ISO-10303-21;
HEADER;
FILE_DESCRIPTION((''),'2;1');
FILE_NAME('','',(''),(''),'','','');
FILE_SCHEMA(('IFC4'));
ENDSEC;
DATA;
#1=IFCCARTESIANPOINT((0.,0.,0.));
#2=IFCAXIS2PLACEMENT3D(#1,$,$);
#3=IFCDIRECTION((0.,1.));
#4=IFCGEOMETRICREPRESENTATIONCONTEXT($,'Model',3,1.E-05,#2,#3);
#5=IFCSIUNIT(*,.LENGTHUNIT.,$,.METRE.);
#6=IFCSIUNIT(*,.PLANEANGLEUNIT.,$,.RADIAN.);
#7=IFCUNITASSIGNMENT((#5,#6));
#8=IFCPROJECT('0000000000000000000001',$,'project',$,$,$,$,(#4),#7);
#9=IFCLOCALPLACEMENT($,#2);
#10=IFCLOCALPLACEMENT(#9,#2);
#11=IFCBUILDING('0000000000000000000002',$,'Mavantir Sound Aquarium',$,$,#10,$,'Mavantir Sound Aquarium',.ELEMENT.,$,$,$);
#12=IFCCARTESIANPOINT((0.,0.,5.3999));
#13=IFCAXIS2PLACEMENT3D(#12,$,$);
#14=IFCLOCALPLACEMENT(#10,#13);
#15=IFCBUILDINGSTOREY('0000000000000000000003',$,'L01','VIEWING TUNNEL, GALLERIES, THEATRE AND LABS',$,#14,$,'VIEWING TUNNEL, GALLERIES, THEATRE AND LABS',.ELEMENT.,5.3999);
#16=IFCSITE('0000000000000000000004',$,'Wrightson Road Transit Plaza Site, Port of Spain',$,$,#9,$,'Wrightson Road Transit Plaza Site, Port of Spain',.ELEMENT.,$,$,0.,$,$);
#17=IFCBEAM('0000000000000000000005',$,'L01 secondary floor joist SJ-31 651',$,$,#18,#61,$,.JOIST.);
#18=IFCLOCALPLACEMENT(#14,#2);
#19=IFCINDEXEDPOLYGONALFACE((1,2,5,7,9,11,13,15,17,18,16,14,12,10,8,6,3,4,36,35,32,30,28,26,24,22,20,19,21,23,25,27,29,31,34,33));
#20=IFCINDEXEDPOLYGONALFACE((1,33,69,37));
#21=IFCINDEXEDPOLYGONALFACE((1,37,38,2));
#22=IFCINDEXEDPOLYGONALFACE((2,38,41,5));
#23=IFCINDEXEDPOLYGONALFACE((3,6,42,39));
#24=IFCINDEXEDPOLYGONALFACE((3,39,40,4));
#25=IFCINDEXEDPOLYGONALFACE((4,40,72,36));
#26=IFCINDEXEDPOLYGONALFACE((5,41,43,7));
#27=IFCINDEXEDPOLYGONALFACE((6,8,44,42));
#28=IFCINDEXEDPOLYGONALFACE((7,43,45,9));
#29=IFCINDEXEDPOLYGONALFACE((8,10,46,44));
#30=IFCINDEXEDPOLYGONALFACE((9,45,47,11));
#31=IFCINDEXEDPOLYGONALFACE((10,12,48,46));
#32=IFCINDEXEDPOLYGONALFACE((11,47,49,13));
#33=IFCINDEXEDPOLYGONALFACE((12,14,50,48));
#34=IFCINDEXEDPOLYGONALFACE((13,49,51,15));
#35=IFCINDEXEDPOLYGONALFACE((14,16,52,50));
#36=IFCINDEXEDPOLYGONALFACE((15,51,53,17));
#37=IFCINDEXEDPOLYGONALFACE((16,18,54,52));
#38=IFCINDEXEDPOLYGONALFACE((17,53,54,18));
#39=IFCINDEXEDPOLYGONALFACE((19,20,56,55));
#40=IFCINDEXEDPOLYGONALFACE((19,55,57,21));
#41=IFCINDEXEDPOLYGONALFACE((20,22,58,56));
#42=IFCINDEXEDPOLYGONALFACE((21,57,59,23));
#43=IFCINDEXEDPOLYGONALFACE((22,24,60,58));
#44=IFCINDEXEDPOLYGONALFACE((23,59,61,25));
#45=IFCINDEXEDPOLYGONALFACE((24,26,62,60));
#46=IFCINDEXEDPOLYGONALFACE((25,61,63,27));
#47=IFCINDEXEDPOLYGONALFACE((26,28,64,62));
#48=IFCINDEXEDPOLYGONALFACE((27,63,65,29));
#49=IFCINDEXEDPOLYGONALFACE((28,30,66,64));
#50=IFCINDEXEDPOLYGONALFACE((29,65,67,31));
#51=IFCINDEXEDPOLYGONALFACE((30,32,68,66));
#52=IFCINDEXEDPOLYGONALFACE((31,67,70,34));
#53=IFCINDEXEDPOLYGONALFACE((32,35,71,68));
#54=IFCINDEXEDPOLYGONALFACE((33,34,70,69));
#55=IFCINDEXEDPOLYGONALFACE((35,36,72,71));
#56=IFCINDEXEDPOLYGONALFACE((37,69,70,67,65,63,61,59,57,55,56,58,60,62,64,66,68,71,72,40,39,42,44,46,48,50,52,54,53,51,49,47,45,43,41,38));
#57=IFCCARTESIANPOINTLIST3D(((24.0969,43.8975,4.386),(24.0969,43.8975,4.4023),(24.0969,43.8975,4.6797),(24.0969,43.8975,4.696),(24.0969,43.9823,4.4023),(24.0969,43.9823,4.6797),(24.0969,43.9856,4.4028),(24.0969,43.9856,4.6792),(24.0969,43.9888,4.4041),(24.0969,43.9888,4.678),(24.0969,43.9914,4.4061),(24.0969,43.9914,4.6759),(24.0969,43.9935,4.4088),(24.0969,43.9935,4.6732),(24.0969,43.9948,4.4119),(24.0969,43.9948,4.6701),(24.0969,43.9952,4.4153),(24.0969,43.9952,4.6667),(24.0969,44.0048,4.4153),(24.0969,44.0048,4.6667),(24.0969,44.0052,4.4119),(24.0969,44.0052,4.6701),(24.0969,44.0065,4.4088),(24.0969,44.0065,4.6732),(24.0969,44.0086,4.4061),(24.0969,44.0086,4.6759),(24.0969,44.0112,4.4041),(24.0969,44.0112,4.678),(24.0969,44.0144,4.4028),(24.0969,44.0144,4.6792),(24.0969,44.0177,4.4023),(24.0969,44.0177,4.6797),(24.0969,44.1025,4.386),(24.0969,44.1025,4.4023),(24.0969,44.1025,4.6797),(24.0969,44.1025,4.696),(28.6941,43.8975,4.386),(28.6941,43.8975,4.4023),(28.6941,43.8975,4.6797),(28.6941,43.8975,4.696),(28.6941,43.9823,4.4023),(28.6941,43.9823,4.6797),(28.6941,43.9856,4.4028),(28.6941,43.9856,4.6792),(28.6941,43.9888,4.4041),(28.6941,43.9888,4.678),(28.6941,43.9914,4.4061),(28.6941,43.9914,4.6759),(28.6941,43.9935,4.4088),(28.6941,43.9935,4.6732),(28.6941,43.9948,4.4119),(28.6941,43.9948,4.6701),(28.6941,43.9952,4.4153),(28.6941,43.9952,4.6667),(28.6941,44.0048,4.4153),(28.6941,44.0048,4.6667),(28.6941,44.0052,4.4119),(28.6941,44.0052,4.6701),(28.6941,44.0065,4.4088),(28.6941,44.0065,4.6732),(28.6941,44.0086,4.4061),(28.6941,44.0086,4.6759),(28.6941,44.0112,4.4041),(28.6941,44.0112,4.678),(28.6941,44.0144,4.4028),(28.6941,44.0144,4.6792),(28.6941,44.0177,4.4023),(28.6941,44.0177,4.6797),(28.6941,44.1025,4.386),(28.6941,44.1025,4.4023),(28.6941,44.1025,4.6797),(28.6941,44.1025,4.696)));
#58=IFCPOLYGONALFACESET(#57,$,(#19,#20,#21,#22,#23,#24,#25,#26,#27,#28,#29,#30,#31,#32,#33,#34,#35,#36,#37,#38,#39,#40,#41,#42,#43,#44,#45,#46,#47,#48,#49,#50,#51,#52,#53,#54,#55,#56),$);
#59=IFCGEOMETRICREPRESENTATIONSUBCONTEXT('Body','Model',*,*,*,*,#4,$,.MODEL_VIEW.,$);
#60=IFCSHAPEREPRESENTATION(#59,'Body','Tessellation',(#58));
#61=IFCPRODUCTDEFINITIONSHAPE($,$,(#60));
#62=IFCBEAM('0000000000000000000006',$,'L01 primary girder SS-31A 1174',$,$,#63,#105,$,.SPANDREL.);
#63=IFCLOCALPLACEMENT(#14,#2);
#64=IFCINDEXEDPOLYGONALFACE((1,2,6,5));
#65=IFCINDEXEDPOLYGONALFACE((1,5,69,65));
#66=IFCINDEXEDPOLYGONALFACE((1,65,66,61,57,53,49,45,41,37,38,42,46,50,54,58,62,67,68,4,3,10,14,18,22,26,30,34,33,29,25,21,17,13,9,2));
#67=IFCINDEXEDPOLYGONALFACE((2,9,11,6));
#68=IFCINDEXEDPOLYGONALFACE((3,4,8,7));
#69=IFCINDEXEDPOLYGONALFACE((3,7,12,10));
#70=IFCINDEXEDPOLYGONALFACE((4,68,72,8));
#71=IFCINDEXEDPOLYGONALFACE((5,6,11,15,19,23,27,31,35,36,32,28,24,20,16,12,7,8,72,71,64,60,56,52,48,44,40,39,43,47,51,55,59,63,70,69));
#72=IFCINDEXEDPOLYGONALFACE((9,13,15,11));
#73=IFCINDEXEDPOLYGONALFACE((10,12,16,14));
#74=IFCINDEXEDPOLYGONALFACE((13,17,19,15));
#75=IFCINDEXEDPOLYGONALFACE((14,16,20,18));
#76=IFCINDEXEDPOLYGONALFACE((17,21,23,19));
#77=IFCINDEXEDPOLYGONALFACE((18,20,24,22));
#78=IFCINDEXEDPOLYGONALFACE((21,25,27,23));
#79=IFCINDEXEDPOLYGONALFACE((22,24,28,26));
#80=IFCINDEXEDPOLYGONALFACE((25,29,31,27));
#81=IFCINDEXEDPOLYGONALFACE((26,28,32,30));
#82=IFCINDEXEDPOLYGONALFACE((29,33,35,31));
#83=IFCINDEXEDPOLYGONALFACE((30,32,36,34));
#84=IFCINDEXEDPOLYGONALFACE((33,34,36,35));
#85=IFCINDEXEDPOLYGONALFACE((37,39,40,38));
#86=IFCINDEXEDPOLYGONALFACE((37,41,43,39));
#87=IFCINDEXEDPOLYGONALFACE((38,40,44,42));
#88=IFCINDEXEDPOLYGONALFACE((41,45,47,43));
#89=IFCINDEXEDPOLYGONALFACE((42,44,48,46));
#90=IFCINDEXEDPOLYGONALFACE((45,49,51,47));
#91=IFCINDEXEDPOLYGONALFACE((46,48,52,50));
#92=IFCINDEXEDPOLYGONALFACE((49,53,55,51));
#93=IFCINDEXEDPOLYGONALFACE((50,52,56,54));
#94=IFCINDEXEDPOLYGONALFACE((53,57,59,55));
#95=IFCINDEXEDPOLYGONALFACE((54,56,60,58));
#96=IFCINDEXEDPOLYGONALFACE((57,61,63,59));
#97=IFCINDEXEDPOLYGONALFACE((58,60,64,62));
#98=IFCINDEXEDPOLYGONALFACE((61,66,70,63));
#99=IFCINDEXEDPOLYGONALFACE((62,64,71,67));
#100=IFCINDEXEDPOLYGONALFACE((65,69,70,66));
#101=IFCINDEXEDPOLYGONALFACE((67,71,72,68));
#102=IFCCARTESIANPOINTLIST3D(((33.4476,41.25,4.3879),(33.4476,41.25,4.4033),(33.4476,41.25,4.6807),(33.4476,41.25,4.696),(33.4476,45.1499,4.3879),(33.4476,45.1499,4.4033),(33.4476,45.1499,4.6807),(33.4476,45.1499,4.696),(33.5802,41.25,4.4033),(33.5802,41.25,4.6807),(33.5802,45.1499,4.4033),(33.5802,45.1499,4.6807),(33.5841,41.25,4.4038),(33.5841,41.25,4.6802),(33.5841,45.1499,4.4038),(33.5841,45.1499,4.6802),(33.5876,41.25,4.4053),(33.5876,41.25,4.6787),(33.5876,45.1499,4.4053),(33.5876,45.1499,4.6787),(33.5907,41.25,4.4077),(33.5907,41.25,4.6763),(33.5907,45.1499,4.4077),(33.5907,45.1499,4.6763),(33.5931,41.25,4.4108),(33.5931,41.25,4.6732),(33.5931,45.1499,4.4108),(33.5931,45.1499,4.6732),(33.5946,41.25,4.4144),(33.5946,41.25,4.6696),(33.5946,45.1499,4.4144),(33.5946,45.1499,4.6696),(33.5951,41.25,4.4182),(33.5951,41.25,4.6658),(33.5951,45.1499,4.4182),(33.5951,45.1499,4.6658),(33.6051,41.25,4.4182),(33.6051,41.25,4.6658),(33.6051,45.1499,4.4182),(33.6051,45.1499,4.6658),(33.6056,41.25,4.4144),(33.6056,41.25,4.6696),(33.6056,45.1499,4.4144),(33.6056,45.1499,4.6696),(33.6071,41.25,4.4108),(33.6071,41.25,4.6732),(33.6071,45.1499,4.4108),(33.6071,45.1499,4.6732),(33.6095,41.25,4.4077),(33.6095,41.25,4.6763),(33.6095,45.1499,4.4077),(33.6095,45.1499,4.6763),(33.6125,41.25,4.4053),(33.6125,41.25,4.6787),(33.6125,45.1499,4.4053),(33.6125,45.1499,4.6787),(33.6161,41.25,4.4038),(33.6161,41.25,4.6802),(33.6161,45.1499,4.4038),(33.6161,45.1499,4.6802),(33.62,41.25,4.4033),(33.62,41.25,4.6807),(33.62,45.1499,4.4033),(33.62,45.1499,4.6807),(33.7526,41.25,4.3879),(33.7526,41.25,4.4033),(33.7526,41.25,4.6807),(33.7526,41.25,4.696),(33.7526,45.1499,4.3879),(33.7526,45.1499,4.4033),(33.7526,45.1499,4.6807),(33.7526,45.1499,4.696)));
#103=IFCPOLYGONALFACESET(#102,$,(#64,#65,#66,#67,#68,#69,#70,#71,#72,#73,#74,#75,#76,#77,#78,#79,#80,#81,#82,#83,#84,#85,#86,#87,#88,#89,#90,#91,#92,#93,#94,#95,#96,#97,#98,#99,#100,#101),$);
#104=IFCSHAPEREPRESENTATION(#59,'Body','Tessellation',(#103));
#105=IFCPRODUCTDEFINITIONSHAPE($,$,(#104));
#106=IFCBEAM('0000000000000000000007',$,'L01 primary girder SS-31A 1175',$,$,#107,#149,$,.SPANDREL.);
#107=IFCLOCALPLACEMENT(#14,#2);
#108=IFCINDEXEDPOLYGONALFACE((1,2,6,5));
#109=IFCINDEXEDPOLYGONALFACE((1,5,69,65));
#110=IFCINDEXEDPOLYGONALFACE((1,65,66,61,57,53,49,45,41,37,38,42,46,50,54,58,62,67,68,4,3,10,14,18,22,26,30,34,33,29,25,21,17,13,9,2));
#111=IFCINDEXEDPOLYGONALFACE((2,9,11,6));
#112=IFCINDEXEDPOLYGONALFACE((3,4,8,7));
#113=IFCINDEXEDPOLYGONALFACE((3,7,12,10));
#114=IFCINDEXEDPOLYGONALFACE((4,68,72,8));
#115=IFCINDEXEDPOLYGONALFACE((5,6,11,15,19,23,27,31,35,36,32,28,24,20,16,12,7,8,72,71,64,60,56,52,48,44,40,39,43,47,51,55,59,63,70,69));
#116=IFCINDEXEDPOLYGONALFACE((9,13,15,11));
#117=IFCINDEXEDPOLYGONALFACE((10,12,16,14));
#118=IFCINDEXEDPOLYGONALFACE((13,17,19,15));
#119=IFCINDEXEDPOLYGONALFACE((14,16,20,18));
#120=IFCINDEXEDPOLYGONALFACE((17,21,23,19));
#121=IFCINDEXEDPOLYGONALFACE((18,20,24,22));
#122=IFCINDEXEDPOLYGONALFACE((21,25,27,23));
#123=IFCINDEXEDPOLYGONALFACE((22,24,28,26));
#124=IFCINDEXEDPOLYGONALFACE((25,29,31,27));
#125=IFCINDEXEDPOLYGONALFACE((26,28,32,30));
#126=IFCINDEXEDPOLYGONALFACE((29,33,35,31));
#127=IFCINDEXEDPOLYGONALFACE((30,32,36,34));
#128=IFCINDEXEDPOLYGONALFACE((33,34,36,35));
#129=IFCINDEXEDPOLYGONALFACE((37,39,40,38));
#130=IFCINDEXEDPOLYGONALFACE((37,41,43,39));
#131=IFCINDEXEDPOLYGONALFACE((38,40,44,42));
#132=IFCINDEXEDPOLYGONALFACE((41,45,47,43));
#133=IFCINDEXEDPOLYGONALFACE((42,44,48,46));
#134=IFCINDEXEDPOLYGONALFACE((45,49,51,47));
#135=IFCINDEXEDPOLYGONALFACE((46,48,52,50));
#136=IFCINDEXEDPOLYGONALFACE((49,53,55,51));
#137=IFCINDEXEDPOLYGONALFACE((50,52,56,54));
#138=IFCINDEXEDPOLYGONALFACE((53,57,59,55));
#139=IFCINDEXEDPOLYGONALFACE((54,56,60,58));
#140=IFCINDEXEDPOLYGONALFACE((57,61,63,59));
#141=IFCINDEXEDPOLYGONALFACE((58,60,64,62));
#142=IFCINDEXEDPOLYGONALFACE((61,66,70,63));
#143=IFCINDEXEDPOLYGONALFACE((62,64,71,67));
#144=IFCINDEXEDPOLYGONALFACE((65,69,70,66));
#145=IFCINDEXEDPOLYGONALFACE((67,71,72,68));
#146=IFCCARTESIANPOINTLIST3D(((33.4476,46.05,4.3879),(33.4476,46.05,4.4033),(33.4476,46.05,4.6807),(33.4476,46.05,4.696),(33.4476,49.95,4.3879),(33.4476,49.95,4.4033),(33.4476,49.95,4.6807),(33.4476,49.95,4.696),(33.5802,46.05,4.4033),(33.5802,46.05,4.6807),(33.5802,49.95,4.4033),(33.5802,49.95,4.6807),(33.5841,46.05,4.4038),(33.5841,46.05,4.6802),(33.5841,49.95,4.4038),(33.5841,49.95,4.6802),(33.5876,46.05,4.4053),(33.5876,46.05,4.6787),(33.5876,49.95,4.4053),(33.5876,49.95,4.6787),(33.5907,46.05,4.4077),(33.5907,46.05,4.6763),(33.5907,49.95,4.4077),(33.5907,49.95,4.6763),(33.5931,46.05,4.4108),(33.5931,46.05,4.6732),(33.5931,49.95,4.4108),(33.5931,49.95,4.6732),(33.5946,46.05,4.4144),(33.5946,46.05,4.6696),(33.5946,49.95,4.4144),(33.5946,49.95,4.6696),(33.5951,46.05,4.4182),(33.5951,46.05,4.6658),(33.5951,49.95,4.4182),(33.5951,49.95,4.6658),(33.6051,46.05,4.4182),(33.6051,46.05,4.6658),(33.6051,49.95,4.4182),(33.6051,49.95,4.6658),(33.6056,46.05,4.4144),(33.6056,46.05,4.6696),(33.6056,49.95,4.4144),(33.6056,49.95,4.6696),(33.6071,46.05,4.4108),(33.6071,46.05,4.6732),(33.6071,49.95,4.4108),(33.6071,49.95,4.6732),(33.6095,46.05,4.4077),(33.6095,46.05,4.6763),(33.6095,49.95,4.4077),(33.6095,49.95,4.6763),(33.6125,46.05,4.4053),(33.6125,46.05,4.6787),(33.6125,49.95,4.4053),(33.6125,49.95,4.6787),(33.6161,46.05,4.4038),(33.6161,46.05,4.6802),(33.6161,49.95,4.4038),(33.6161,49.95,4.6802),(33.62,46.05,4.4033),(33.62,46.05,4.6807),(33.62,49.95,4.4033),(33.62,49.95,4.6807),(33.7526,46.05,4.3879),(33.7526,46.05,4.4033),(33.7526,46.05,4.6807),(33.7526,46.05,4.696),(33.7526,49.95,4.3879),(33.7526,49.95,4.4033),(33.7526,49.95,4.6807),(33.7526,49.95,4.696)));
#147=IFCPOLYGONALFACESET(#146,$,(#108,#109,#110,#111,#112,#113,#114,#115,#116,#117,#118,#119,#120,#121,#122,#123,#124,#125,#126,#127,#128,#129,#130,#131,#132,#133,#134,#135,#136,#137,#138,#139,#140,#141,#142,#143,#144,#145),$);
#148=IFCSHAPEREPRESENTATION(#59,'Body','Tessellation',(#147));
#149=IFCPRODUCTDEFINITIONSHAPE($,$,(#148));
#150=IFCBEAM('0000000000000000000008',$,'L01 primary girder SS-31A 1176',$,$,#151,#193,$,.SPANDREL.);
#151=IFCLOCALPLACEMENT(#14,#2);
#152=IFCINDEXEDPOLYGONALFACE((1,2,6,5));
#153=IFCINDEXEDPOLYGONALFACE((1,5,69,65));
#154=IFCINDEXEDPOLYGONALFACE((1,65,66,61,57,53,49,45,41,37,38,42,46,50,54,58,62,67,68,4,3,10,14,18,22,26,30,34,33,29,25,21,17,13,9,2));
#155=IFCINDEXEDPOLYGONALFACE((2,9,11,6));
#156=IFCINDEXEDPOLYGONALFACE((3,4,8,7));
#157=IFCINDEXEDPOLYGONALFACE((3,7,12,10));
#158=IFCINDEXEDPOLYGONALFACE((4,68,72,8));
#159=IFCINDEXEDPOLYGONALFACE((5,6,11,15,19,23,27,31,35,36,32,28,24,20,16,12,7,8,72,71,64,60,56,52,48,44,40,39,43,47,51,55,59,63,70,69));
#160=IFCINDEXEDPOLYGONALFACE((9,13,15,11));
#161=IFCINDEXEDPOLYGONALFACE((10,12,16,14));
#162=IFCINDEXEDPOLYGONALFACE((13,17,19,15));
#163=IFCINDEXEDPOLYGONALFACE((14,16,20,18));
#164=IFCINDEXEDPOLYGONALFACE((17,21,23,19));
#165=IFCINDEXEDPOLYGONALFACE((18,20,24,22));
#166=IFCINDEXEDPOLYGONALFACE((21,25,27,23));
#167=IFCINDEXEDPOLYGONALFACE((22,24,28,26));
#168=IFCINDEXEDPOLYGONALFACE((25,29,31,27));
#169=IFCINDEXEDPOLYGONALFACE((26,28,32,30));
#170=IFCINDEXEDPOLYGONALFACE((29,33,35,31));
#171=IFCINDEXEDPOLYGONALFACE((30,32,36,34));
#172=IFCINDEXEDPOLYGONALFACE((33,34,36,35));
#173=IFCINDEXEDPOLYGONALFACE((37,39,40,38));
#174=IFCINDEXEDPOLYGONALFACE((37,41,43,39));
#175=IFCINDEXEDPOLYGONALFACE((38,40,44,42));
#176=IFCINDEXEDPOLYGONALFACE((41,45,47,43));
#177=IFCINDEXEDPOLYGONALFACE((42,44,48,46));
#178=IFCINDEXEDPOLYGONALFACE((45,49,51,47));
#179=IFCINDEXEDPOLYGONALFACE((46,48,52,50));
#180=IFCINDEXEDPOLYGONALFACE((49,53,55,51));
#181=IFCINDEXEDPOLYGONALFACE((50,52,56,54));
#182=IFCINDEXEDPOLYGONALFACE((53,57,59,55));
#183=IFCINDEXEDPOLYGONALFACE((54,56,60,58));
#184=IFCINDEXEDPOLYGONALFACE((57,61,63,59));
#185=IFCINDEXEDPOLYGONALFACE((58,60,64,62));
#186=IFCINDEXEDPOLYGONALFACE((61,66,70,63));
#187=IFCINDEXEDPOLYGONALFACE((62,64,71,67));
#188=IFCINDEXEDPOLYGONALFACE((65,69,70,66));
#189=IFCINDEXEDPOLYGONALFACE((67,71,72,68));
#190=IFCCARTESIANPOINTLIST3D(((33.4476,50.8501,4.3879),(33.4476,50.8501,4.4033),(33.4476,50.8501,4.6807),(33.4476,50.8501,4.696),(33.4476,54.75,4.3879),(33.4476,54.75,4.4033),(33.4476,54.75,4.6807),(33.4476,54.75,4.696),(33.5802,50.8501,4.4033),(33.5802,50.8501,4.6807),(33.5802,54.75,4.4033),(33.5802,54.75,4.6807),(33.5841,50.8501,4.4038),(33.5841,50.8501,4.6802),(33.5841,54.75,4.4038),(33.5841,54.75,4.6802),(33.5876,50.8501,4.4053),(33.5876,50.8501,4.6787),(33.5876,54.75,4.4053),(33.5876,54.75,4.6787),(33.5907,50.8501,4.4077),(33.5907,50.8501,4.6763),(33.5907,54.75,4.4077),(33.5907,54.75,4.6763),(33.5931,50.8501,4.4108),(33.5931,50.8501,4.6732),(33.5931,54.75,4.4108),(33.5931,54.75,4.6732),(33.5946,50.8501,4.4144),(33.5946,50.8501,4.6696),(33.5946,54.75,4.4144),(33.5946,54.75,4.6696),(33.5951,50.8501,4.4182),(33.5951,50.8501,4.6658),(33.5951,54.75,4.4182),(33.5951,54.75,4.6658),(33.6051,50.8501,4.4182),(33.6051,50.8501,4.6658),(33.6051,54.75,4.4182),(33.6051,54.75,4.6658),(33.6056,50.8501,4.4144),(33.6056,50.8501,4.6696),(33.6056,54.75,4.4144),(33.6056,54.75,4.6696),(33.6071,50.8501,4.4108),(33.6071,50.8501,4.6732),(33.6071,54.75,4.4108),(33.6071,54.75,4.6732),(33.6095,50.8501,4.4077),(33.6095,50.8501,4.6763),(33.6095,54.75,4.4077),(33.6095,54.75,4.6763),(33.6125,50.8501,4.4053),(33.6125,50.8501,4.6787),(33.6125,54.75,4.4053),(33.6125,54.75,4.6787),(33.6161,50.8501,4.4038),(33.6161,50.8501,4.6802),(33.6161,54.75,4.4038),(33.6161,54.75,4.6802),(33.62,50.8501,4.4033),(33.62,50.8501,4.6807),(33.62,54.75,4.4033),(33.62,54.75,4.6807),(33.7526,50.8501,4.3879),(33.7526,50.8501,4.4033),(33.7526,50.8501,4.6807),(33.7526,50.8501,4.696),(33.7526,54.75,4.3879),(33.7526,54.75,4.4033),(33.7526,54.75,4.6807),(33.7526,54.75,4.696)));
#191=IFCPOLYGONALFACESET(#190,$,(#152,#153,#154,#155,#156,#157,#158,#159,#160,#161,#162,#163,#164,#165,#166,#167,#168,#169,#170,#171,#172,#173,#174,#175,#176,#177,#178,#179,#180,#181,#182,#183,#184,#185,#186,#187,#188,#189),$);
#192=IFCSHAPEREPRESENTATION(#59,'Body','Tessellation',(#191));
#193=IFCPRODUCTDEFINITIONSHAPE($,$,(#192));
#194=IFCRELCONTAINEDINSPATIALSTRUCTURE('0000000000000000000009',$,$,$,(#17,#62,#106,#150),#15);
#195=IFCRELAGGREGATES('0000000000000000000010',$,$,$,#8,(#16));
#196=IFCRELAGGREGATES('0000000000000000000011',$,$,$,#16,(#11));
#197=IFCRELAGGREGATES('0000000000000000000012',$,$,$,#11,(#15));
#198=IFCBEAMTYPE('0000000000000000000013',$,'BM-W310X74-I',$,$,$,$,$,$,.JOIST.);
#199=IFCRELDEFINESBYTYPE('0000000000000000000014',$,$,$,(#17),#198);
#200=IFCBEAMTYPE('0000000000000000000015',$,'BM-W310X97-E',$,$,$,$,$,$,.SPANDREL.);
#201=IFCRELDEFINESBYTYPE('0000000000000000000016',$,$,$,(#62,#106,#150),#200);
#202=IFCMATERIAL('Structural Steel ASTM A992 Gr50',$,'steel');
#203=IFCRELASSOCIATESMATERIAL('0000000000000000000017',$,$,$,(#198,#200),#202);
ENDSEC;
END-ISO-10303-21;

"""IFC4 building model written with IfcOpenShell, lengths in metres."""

from ifc_helpers import new_model, si_unit, direction, frame, origin, origin_2d, place, context, subcontext, project, spatial, i_section, extrude, material, material_profile, profile_set, type_object, element, save


model = new_model("IFC4")

# Units and contexts
model_context = context("Model", 3, precision=1e-05, world=origin(), true_north=direction((0.0, 1.0)))
body_context = subcontext(model_context, "Body", "Model", "MODEL_VIEW")
ifc_project = project(units=[si_unit("LENGTHUNIT", "METRE"), si_unit("PLANEANGLEUNIT", "RADIAN")], contexts=[model_context])

# Site, building, storey
site_placement = place(None, origin())
site = spatial("IfcSite", under=ifc_project, at=site_placement, Name="Wrightson Road Transit Plaza Site, Port of Spain", LongName="Wrightson Road Transit Plaza Site, Port of Spain", CompositionType="ELEMENT", RefElevation=0.0)
building_placement = place(site_placement, origin())
building = spatial("IfcBuilding", under=site, at=building_placement, Name="Mavantir Sound Aquarium", LongName="Mavantir Sound Aquarium", CompositionType="ELEMENT")
storey_placement = place(building_placement, frame((0.0, 0.0, 5.3999)))
storey = spatial("IfcBuildingStorey", under=building, at=storey_placement, Name="L01", Description="VIEWING TUNNEL, GALLERIES, THEATRE AND LABS", LongName="VIEWING TUNNEL, GALLERIES, THEATRE AND LABS", CompositionType="ELEMENT", Elevation=5.3999)

# Beams
ifc_material_1 = material(Name="Structural Steel ASTM A992 Gr50", Category="steel")
ifc_material_profile_1 = material_profile(ifc_material_1, i_section(OverallWidth=0.2051, OverallDepth=0.3101, WebThickness=0.0095, FlangeThickness=0.0164, FilletRadius=0.0129, at=origin_2d()), Name="W310X74")
ifc_profile_set_1 = profile_set([ifc_material_profile_1], Name="Structural Steel ASTM A992 Gr50")
beam_type_1 = type_object("IfcBeamType", Name="BM-W310X74-I", PredefinedType="JOIST", material=ifc_profile_set_1)
beam_1_placement = place(storey_placement, frame((24.0969, 44.0, 4.541), z_axis=(1.0, 0.0, 0.0), x_axis=(0.0, 1.0, 0.0)))
element("IfcBeam", 1, at=beam_1_placement, inside=storey, type_object=beam_type_1, Name="L01 secondary floor joist SJ-31 651", PredefinedType="JOIST", context=body_context, shape_type="SweptSolid", body=[
    extrude(i_section(OverallWidth=0.2051, OverallDepth=0.3101, WebThickness=0.0095, FlangeThickness=0.0164, FilletRadius=0.0129, at=origin_2d()), origin(), (0.0, 0.0, 1.0), 4.5972),
])
ifc_material_profile_2 = material_profile(ifc_material_1, i_section(OverallWidth=0.3049, OverallDepth=0.3081, WebThickness=0.01, FlangeThickness=0.0154, FilletRadius=0.0149, at=origin_2d()), Name="W310X97")
ifc_profile_set_2 = profile_set([ifc_material_profile_2], Name="Structural Steel ASTM A992 Gr50")
beam_type_2 = type_object("IfcBeamType", Name="BM-W310X97-E", PredefinedType="SPANDREL", material=ifc_profile_set_2)
for number, where, z_axis, x_axis, name in (
    (2, (33.6001, 41.25, 4.542), (0.0, 1.0, 0.0), (-1.0, 0.0, 0.0), "L01 primary girder SS-31A 1174"),
    (3, (33.6001, 46.05, 4.542), (0.0, 1.0, 0.0), (-1.0, 0.0, 0.0), "L01 primary girder SS-31A 1175"),
    (4, (33.6001, 50.8501, 4.542), (0.0, 1.0, 0.0), (-1.0, 0.0, 0.0), "L01 primary girder SS-31A 1176"),
):
    element("IfcBeam", number, at=place(storey_placement, frame(where, z_axis=z_axis, x_axis=x_axis)), inside=storey, type_object=beam_type_2, Name=name, PredefinedType="SPANDREL", context=body_context, shape_type="SweptSolid", body=[
        extrude(i_section(OverallWidth=0.3049, OverallDepth=0.3081, WebThickness=0.01, FlangeThickness=0.0154, FilletRadius=0.0149, at=origin_2d()), origin(), (0.0, 0.0, 1.0), 3.8999),
    ])

save(model, "model.ifc")
